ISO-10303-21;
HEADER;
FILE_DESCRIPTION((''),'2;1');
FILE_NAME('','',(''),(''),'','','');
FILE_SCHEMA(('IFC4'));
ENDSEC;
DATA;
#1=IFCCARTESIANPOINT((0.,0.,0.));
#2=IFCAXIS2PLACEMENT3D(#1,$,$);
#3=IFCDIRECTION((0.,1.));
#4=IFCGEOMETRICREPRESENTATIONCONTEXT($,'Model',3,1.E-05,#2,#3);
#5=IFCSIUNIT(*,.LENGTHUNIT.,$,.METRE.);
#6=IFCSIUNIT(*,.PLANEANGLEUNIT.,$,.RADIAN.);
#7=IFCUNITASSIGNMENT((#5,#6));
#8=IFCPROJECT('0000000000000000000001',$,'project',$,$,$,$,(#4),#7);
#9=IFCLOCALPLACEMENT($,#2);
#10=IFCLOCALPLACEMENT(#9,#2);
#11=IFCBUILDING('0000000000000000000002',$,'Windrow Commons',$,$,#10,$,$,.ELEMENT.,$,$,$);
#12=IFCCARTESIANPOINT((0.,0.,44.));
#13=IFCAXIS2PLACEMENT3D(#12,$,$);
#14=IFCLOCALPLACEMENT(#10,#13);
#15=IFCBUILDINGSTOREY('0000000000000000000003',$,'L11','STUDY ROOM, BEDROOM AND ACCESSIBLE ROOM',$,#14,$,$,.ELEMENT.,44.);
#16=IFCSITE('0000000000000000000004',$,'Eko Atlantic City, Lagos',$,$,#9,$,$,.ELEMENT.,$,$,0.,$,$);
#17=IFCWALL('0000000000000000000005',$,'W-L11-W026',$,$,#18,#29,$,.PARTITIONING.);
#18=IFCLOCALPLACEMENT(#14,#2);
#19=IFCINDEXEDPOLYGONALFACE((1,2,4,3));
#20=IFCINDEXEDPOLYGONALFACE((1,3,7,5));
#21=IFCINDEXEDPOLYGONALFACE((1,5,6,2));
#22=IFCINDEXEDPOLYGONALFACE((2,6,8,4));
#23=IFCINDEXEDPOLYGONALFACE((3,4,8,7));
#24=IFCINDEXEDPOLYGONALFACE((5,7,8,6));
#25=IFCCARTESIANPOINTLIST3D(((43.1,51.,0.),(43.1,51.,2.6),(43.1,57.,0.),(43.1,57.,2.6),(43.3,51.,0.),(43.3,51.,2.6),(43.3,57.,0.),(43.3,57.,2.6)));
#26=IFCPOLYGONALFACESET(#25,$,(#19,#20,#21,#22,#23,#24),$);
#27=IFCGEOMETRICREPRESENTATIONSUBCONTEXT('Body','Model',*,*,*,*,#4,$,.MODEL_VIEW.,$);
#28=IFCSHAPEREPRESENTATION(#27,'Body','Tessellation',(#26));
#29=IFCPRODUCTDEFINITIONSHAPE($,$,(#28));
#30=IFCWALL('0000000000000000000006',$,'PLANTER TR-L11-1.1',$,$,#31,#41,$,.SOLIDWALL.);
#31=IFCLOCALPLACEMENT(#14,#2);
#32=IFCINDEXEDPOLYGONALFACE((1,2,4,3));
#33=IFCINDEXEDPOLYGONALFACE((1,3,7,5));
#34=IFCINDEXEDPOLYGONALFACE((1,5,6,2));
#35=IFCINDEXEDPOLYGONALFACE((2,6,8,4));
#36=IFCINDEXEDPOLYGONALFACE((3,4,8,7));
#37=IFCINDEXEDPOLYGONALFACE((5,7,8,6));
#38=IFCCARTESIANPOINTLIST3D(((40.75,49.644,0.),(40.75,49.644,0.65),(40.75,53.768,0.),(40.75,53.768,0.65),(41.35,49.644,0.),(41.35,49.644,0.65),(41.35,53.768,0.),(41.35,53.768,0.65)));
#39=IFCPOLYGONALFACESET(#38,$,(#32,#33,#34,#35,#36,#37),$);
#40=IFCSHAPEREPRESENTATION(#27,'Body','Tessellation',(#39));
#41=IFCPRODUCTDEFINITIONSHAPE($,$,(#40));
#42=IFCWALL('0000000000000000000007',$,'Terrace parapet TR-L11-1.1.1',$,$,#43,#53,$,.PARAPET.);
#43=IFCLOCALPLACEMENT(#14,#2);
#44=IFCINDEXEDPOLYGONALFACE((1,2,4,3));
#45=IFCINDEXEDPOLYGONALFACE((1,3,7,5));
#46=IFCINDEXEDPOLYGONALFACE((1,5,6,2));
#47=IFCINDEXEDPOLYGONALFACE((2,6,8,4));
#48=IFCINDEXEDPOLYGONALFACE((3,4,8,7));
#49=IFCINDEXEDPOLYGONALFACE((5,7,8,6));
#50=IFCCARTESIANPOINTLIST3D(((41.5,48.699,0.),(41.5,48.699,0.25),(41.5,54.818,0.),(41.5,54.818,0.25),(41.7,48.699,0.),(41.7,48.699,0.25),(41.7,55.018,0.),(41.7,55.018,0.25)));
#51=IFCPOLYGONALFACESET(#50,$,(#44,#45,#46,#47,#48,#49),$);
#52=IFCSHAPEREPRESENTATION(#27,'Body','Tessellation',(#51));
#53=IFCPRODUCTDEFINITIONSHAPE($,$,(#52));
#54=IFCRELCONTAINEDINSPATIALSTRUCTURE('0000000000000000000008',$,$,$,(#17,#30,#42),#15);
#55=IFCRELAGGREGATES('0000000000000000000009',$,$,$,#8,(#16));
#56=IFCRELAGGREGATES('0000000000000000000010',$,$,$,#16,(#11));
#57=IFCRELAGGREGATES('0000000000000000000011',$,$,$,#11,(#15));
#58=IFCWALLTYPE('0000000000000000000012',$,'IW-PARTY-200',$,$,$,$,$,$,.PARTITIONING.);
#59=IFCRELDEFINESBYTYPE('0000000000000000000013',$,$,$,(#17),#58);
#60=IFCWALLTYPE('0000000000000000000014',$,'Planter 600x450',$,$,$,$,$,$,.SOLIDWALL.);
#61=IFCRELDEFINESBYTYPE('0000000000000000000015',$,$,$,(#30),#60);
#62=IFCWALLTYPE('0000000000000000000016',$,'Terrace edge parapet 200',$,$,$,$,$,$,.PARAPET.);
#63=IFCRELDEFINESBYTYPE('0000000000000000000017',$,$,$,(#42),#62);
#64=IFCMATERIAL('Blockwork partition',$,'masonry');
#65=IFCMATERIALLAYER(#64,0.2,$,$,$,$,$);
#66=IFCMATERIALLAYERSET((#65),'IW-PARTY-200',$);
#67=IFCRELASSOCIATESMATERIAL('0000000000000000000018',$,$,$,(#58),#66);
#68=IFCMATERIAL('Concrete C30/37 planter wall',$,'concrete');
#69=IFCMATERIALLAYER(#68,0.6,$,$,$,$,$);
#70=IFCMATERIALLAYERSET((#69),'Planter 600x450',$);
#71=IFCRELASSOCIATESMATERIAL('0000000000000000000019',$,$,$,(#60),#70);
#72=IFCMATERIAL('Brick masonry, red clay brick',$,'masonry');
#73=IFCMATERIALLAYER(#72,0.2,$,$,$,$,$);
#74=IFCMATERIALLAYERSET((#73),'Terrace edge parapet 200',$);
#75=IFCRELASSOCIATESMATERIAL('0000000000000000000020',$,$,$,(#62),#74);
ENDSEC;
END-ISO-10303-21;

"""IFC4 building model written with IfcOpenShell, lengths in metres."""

from ifc_helpers import new_model, si_unit, direction, frame, frame_2d, origin, place, context, subcontext, project, spatial, polyline, rectangle, outline, extrude, material, layer, layer_set, type_object, element, save


model = new_model("IFC4")

# Units and contexts
model_context = context("Model", 3, precision=1e-05, world=origin(), true_north=direction((0.0, 1.0)))
body_context = subcontext(model_context, "Body", "Model", "MODEL_VIEW")
ifc_project = project(units=[si_unit("LENGTHUNIT", "METRE"), si_unit("PLANEANGLEUNIT", "RADIAN")], contexts=[model_context])

# Site, building, storey
site_placement = place(None, origin())
site = spatial("IfcSite", under=ifc_project, at=site_placement, Name="Eko Atlantic City, Lagos", CompositionType="ELEMENT", RefElevation=0.0)
building_placement = place(site_placement, origin())
building = spatial("IfcBuilding", under=site, at=building_placement, Name="Windrow Commons", CompositionType="ELEMENT")
storey_placement = place(building_placement, frame((0.0, 0.0, 44.0)))
storey = spatial("IfcBuildingStorey", under=building, at=storey_placement, Name="L11", Description="STUDY ROOM, BEDROOM AND ACCESSIBLE ROOM", CompositionType="ELEMENT", Elevation=44.0)

# Walls
ifc_material_1 = material(Name="Blockwork partition", Category="masonry")
ifc_layer_1 = layer(ifc_material_1, 0.2)
ifc_layer_set_1 = layer_set([ifc_layer_1], Name="IW-PARTY-200")
wall_type_1 = type_object("IfcWallType", Name="IW-PARTY-200", PredefinedType="PARTITIONING", material=ifc_layer_set_1)
wall_1_placement = place(storey_placement, frame((43.2, 51.0, 0.0), z_axis=(0.0, 0.0, 1.0), x_axis=(0.0, 1.0, 0.0)))
element("IfcWall", 1, at=wall_1_placement, inside=storey, type_object=wall_type_1, Name="W-L11-W026", PredefinedType="PARTITIONING", context=body_context, shape_type="SweptSolid", body=[
    extrude(rectangle(XDim=6.0, YDim=0.2, at=frame_2d((3.0, 0.0))), origin(), (0.0, 0.0, 1.0), 2.6),
])
ifc_material_2 = material(Name="Concrete C30/37 planter wall", Category="concrete")
ifc_layer_2 = layer(ifc_material_2, 0.6)
ifc_layer_set_2 = layer_set([ifc_layer_2], Name="Planter 600x450")
wall_type_2 = type_object("IfcWallType", Name="Planter 600x450", PredefinedType="SOLIDWALL", material=ifc_layer_set_2)
wall_2_placement = place(storey_placement, frame((41.05, 49.644, 0.0), z_axis=(0.0, 0.0, 1.0), x_axis=(0.0, 1.0, 0.0)))
element("IfcWall", 2, at=wall_2_placement, inside=storey, type_object=wall_type_2, Name="PLANTER TR-L11-1.1", PredefinedType="SOLIDWALL", context=body_context, shape_type="SweptSolid", body=[
    extrude(outline(polyline([(0.0, -0.3), (4.124, -0.3), (4.124, 0.3), (0.0, 0.3), (0.0, -0.3)])), origin(), (0.0, 0.0, 1.0), 0.65),
])
ifc_material_3 = material(Name="Brick masonry, red clay brick", Category="masonry")
ifc_layer_3 = layer(ifc_material_3, 0.2)
ifc_layer_set_3 = layer_set([ifc_layer_3], Name="Terrace edge parapet 200")
wall_type_3 = type_object("IfcWallType", Name="Terrace edge parapet 200", PredefinedType="PARAPET", material=ifc_layer_set_3)
wall_3_placement = place(storey_placement, frame((41.6, 48.699, 0.0), z_axis=(0.0, 0.0, 1.0), x_axis=(0.0, 1.0, 0.0)))
element("IfcWall", 3, at=wall_3_placement, inside=storey, type_object=wall_type_3, Name="Terrace parapet TR-L11-1.1.1", PredefinedType="PARAPET", context=body_context, shape_type="SweptSolid", body=[
    extrude(outline(polyline([(0.0, -0.1), (6.319, -0.1), (6.119, 0.1), (0.0, 0.1), (0.0, -0.1)])), origin(), (0.0, 0.0, 1.0), 0.25),
])

save(model, "model.ifc")
